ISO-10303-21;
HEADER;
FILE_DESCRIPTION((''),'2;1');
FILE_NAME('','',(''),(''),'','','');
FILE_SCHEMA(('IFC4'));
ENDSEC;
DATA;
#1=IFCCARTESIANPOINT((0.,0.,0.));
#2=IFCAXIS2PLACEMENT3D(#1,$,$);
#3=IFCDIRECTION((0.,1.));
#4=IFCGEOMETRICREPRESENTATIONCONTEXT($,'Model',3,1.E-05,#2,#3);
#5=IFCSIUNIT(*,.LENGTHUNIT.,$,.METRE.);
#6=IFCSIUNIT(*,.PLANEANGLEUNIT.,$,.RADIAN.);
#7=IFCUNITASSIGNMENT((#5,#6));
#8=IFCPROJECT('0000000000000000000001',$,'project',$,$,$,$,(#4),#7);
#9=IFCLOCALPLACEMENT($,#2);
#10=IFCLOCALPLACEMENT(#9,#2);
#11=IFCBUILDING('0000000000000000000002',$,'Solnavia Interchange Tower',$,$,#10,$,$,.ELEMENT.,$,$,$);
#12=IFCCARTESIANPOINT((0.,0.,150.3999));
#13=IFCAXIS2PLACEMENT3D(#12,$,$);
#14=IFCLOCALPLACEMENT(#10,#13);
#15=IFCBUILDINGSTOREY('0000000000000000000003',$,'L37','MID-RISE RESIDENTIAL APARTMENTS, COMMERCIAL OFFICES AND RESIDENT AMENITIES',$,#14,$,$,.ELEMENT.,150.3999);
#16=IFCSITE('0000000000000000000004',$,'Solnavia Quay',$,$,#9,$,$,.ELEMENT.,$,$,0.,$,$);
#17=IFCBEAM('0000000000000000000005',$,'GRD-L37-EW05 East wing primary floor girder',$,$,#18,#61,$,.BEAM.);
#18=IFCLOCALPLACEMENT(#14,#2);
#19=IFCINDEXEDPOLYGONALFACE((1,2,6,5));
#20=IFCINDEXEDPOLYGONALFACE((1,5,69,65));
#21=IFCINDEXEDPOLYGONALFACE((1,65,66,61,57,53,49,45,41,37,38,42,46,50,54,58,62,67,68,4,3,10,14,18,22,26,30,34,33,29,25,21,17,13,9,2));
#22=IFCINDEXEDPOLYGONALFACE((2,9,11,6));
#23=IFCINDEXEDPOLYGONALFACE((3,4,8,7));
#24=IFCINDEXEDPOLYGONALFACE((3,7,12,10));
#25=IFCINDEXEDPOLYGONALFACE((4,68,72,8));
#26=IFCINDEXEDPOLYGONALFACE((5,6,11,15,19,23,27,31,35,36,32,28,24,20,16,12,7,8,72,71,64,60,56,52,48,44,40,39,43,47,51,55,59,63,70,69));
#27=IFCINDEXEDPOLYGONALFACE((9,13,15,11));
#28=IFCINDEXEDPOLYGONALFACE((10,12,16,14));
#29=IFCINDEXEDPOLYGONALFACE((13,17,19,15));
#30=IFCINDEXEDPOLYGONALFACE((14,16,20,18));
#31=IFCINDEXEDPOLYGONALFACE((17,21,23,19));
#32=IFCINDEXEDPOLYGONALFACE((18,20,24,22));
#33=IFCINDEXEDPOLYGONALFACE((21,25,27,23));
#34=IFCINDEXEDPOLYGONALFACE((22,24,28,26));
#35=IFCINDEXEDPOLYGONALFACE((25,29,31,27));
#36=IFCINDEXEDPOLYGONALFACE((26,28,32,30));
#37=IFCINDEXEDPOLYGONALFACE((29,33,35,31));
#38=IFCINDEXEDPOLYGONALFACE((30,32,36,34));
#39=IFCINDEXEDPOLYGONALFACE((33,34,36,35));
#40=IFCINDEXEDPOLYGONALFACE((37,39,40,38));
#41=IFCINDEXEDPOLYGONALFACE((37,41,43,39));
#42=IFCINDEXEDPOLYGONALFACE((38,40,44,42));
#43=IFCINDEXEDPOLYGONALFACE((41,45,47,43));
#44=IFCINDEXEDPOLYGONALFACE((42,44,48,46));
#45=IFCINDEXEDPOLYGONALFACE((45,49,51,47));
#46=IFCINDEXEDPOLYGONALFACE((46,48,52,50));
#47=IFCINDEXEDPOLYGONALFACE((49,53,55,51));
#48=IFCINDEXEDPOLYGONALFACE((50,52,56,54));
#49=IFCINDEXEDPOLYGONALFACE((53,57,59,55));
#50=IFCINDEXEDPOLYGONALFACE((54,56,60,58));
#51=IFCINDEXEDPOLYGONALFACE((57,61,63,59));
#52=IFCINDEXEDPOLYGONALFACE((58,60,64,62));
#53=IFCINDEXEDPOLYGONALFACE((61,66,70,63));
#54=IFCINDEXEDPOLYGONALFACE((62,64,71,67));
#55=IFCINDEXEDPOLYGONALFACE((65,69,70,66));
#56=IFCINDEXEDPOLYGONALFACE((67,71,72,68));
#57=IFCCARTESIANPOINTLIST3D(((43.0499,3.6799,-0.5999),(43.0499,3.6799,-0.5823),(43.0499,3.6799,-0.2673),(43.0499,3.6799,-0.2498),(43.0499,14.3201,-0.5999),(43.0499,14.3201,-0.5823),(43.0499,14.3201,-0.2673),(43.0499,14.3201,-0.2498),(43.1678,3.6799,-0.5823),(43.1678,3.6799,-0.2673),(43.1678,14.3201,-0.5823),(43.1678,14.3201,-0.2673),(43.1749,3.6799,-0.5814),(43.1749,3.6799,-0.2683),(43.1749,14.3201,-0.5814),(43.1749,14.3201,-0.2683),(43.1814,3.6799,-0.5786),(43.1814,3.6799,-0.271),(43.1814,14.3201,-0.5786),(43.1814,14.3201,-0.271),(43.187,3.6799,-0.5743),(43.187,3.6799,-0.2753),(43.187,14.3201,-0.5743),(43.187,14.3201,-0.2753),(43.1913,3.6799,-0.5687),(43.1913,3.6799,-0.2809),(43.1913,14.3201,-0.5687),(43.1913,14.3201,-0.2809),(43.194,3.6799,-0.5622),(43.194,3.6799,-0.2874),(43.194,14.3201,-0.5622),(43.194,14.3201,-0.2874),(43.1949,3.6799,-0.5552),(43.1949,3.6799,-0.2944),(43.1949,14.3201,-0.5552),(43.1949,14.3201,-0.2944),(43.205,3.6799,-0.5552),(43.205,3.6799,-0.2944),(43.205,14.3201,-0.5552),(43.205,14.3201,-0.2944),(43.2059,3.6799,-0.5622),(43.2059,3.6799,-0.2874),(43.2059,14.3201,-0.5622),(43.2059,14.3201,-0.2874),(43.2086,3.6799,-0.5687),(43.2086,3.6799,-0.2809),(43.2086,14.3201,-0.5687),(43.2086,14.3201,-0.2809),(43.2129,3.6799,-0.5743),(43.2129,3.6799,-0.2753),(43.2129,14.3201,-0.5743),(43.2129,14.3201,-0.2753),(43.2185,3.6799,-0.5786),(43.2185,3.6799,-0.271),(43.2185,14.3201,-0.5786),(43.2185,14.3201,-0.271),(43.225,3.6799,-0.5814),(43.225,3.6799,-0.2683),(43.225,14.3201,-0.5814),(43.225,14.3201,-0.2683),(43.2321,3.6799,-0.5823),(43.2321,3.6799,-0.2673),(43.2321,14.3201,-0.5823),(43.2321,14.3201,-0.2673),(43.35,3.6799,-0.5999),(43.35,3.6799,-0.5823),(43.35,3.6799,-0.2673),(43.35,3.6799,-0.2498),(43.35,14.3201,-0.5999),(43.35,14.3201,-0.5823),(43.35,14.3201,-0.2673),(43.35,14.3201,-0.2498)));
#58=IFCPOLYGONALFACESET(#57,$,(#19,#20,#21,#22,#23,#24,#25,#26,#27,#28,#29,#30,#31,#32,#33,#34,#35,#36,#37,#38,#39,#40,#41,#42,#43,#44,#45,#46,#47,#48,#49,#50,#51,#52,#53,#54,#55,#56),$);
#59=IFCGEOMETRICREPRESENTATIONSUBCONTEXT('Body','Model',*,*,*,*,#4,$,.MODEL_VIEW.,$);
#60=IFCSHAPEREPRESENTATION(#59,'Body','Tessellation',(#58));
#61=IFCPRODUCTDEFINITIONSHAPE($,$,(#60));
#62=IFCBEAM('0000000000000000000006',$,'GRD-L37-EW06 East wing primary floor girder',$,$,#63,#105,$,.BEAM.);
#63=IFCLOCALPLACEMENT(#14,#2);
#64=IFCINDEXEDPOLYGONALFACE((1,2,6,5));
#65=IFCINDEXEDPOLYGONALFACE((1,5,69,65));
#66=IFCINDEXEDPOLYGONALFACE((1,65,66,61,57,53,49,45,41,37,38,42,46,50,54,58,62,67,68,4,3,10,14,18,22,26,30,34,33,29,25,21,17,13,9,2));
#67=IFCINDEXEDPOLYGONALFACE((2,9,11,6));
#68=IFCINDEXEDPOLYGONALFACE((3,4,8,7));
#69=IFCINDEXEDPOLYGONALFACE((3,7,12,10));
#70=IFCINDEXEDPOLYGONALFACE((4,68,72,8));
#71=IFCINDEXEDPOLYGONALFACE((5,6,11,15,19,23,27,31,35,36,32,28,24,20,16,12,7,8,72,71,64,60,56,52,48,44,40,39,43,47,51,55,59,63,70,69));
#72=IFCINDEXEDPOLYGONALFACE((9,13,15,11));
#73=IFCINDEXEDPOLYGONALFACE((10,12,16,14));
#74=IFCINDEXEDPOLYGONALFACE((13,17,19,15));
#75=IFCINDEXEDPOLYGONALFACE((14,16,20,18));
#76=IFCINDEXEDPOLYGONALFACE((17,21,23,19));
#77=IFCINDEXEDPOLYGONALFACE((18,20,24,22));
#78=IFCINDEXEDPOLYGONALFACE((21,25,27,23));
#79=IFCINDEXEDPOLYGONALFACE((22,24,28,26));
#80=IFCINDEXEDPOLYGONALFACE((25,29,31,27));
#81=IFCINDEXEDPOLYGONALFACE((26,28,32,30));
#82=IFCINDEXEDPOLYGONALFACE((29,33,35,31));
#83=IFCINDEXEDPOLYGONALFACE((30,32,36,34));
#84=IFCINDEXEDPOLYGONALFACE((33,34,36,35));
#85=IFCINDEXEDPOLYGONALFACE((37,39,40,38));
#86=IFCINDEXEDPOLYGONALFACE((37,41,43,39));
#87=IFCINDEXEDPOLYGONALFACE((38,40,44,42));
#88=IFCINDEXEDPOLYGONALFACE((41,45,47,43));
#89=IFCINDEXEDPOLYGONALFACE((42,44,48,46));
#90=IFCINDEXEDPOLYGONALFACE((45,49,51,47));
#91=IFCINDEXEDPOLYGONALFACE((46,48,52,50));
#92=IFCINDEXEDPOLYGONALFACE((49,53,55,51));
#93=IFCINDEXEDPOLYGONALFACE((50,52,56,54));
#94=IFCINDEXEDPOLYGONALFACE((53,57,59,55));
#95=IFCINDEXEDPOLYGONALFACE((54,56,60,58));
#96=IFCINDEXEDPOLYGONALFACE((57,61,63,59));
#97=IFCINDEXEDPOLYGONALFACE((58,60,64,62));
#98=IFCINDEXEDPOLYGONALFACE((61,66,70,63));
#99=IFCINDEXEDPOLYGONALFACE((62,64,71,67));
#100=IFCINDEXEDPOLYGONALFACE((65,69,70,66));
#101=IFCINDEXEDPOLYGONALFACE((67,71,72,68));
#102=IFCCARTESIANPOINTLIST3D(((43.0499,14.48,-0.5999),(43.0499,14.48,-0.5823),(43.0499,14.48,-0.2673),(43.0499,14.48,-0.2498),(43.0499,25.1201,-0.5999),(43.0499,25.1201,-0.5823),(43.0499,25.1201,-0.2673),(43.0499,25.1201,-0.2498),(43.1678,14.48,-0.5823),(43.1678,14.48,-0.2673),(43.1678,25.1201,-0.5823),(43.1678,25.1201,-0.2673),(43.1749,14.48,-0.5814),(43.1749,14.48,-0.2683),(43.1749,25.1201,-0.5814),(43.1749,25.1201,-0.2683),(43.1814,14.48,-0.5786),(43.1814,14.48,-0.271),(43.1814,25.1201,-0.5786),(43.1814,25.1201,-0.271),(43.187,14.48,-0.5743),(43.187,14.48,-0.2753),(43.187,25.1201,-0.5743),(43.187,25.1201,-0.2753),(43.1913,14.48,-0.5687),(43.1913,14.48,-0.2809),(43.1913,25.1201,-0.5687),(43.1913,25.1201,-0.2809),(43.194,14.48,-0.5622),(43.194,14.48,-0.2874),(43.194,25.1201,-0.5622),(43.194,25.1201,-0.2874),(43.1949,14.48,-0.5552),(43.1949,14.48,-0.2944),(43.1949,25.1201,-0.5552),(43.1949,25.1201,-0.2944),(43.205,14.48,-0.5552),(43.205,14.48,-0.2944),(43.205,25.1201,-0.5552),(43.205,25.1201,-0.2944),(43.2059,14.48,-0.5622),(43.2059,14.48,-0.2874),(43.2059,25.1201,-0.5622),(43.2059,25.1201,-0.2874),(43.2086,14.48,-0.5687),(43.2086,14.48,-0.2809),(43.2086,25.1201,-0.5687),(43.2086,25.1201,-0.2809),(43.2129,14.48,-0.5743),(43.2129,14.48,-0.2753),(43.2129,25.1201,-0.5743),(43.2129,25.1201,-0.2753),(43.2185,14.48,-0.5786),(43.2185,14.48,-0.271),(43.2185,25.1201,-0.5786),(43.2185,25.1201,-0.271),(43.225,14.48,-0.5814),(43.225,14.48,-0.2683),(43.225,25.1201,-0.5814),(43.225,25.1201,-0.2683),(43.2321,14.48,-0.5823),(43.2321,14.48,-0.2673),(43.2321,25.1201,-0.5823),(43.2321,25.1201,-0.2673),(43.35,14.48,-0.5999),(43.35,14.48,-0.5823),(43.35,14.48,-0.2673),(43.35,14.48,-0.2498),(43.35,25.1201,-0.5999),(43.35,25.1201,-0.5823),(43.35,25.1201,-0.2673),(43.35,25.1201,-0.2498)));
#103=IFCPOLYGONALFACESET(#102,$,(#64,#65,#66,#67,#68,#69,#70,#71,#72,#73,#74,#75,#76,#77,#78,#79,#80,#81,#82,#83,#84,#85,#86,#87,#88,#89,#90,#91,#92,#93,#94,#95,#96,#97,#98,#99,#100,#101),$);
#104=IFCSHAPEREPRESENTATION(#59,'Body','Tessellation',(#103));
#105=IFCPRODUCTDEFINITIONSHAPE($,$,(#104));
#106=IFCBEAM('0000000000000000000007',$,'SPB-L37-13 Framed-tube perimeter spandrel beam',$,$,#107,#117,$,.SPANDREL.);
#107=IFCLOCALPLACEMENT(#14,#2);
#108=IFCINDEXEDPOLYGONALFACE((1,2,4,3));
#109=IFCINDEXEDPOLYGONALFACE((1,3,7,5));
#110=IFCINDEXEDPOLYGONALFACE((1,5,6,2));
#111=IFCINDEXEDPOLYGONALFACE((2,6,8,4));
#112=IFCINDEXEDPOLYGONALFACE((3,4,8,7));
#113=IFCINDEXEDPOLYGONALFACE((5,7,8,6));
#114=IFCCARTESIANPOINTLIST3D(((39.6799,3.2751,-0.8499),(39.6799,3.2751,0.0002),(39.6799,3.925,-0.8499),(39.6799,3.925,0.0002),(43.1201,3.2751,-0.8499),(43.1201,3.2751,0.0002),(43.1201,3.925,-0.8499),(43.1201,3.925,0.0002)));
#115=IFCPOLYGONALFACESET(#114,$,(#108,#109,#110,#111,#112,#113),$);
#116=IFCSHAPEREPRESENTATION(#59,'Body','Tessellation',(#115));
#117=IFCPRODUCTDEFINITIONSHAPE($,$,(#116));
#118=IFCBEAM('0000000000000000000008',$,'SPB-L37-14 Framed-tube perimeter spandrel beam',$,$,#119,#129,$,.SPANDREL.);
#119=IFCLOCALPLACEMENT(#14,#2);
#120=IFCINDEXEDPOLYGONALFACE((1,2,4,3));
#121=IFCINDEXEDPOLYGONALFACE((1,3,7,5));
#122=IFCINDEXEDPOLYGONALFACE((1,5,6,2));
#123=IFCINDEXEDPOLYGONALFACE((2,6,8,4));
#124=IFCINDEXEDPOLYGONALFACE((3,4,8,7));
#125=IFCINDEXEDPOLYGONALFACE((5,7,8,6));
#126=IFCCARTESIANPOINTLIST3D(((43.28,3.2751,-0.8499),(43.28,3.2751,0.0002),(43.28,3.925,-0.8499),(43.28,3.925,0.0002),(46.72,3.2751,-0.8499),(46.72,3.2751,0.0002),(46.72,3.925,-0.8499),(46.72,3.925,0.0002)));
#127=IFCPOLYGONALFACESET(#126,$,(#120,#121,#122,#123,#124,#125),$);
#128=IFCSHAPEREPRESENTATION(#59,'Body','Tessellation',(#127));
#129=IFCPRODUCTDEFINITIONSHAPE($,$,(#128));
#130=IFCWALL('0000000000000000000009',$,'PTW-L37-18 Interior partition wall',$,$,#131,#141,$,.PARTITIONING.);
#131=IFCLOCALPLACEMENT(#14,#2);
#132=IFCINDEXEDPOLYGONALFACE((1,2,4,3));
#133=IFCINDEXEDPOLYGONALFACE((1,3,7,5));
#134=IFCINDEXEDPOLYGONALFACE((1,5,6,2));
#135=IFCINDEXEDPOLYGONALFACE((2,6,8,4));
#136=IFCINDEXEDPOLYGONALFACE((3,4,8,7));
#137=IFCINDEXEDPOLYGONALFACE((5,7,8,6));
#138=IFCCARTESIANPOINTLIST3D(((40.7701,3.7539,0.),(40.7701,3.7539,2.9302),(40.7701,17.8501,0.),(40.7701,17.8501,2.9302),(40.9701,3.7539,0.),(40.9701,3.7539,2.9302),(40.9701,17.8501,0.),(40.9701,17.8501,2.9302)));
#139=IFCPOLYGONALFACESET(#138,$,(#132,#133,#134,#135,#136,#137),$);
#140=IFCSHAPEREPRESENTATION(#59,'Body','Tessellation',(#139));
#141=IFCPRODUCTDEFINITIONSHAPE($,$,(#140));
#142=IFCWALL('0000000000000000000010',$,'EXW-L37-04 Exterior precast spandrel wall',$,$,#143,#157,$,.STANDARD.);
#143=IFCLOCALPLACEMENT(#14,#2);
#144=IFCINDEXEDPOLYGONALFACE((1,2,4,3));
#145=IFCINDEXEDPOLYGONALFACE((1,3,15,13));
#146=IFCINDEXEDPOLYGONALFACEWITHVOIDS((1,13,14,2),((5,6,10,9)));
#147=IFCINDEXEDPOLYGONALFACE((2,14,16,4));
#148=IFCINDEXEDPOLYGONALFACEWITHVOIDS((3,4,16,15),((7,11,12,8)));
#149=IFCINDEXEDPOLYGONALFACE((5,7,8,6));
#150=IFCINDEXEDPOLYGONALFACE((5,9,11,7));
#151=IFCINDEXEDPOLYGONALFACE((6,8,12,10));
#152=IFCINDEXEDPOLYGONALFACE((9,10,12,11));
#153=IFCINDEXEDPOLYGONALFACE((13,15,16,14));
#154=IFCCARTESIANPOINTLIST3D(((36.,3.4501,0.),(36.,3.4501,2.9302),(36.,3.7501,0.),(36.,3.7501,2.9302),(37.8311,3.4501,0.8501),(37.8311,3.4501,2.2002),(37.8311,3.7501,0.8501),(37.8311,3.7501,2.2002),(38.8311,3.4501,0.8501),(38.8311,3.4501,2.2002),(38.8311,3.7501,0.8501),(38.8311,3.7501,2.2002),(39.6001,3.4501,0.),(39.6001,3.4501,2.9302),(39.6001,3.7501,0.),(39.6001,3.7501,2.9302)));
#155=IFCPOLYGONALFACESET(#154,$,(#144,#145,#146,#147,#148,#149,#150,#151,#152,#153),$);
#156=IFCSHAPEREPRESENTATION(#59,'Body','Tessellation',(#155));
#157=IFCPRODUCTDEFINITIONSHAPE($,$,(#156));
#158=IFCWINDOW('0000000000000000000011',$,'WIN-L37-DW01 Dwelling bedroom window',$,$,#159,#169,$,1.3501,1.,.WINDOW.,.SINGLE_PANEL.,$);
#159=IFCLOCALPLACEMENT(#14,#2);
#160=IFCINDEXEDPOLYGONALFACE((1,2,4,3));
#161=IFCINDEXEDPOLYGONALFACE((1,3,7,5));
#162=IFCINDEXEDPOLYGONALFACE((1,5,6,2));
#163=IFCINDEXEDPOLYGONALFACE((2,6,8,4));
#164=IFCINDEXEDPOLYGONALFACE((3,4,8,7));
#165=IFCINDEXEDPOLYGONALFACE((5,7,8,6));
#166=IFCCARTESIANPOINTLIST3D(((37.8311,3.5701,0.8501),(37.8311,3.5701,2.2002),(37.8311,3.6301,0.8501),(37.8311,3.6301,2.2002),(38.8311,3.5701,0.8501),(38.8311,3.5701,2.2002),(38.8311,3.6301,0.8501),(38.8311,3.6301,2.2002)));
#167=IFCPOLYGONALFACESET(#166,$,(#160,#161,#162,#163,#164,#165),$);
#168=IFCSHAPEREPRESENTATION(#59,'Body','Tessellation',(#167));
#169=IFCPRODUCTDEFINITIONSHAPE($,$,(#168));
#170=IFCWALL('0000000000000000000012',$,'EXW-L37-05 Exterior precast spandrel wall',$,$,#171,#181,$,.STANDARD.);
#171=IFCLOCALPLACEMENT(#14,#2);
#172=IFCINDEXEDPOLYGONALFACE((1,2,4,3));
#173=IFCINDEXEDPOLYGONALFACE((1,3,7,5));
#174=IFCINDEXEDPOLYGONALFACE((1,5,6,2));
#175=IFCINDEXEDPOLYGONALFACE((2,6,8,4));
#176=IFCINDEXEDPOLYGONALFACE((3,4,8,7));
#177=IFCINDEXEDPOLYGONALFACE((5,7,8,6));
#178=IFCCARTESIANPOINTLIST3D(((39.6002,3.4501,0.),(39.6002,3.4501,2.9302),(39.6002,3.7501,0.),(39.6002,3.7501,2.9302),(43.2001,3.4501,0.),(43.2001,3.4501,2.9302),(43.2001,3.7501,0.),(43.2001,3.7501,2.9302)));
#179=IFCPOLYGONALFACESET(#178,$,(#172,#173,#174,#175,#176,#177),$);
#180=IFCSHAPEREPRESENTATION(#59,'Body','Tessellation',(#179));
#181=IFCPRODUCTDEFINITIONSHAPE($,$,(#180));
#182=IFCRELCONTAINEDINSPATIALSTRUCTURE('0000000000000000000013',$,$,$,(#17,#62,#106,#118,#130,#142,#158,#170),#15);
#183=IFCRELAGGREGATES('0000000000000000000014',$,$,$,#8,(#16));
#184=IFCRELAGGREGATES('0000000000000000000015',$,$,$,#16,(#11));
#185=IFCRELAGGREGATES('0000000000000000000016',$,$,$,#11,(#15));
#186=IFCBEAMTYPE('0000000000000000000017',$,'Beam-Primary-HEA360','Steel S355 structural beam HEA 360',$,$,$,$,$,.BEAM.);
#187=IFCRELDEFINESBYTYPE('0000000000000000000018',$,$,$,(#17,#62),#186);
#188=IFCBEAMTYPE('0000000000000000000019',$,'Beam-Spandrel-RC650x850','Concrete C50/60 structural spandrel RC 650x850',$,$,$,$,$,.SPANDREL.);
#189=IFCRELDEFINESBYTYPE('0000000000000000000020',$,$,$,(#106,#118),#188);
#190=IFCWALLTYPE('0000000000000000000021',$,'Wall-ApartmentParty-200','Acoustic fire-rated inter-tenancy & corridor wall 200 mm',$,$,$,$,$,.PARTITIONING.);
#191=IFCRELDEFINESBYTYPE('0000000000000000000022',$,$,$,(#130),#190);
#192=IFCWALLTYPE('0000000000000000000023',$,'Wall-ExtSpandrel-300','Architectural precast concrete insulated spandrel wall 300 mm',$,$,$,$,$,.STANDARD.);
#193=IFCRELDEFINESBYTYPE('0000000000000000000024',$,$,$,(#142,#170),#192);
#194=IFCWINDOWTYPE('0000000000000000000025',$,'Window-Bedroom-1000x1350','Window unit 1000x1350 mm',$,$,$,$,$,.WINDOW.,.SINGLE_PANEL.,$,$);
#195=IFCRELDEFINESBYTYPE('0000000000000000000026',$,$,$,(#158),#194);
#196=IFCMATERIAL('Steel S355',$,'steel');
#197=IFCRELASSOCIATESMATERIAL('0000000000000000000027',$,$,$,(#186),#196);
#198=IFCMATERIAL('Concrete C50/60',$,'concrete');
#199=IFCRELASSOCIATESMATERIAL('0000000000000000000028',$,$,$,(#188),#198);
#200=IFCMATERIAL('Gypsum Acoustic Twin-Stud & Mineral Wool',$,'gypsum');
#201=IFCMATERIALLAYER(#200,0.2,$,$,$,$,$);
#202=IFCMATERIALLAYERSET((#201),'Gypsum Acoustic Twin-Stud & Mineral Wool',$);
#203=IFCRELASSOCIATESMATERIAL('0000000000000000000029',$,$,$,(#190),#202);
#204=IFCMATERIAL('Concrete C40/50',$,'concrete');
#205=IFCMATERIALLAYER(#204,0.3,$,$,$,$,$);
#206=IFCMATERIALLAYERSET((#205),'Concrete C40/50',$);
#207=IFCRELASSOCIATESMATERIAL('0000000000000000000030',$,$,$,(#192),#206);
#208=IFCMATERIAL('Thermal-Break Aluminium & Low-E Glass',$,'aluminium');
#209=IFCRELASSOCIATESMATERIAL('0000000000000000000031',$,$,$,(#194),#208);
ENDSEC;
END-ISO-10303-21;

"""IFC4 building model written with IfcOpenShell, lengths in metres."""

from ifc_helpers import new_model, si_unit, direction, frame, frame_2d, origin, origin_2d, place, context, subcontext, project, spatial, rectangle, i_section, extrude, material, layer, layer_set, material_profile, profile_set, type_object, element, fill, save


model = new_model("IFC4")

# Units and contexts
model_context = context("Model", 3, precision=1e-05, world=origin(), true_north=direction((0.0, 1.0)))
body_context = subcontext(model_context, "Body", "Model", "MODEL_VIEW")
ifc_project = project(units=[si_unit("LENGTHUNIT", "METRE"), si_unit("PLANEANGLEUNIT", "RADIAN")], contexts=[model_context])

# Site, building, storey
site_placement = place(None, origin())
site = spatial("IfcSite", under=ifc_project, at=site_placement, Name="Solnavia Quay", CompositionType="ELEMENT", RefElevation=0.0)
building_placement = place(site_placement, origin())
building = spatial("IfcBuilding", under=site, at=building_placement, Name="Solnavia Interchange Tower", CompositionType="ELEMENT")
storey_placement = place(building_placement, frame((0.0, 0.0, 150.3999)))
storey = spatial("IfcBuildingStorey", under=building, at=storey_placement, Name="L37", Description="MID-RISE RESIDENTIAL APARTMENTS, COMMERCIAL OFFICES AND RESIDENT AMENITIES", CompositionType="ELEMENT", Elevation=150.3999)

# Shared definitions
ifc_material_1 = material(Name="Concrete C50/60", Category="concrete")
ifc_material_2 = material(Name="Steel S355", Category="steel")

# Beams
ifc_material_profile_1 = material_profile(ifc_material_2, i_section(OverallWidth=0.3, OverallDepth=0.3501, WebThickness=0.01, FlangeThickness=0.0176, FilletRadius=0.0271, at=origin_2d()), Name="HEA 360")
ifc_profile_set_1 = profile_set([ifc_material_profile_1], Name="Steel S355")
beam_type_1 = type_object("IfcBeamType", Name="Beam-Primary-HEA360", Description="Steel S355 structural beam HEA 360", PredefinedType="BEAM", material=ifc_profile_set_1)
for number, where, z_axis, x_axis, name in (
    (1, (43.2, 3.6799, -0.4248), (0.0, 1.0, 0.0), (-1.0, 0.0, 0.0), "GRD-L37-EW05 East wing primary floor girder"),
    (2, (43.2, 14.48, -0.4248), (0.0, 1.0, 0.0), (-1.0, 0.0, 0.0), "GRD-L37-EW06 East wing primary floor girder"),
):
    element("IfcBeam", number, at=place(storey_placement, frame(where, z_axis=z_axis, x_axis=x_axis)), inside=storey, type_object=beam_type_1, Name=name, PredefinedType="BEAM", context=body_context, shape_type="SweptSolid", body=[
        extrude(i_section(OverallWidth=0.3, OverallDepth=0.3501, WebThickness=0.01, FlangeThickness=0.0176, FilletRadius=0.0271, at=origin_2d()), origin(), (0.0, 0.0, 1.0), 10.6401),
    ])
ifc_material_profile_2 = material_profile(ifc_material_1, rectangle(XDim=0.6499, YDim=0.8501, at=origin_2d()), Name="RC 650x850")
ifc_profile_set_2 = profile_set([ifc_material_profile_2], Name="Concrete C50/60")
beam_type_2 = type_object("IfcBeamType", Name="Beam-Spandrel-RC650x850", Description="Concrete C50/60 structural spandrel RC 650x850", PredefinedType="SPANDREL", material=ifc_profile_set_2)
beam_1_placement = place(storey_placement, frame((39.6799, 3.6001, -0.4248), z_axis=(1.0, 0.0, 0.0), x_axis=(0.0, 1.0, 0.0)))
element("IfcBeam", 3, at=beam_1_placement, inside=storey, type_object=beam_type_2, Name="SPB-L37-13 Framed-tube perimeter spandrel beam", PredefinedType="SPANDREL", context=body_context, shape_type="SweptSolid", body=[
    extrude(rectangle(XDim=0.6499, YDim=0.8501, at=origin_2d()), origin(), (0.0, 0.0, 1.0), 3.4402),
])
beam_2_placement = place(storey_placement, frame((43.28, 3.6001, -0.4248), z_axis=(1.0, 0.0, 0.0), x_axis=(0.0, 1.0, 0.0)))
element("IfcBeam", 4, at=beam_2_placement, inside=storey, type_object=beam_type_2, Name="SPB-L37-14 Framed-tube perimeter spandrel beam", PredefinedType="SPANDREL", context=body_context, shape_type="SweptSolid", body=[
    extrude(rectangle(XDim=0.6499, YDim=0.8501, at=origin_2d()), origin(), (0.0, 0.0, 1.0), 3.4399),
])

# Wall
ifc_material_3 = material(Name="Gypsum Acoustic Twin-Stud & Mineral Wool", Category="gypsum")
ifc_layer_1 = layer(ifc_material_3, 0.2)
ifc_layer_set_1 = layer_set([ifc_layer_1], Name="Gypsum Acoustic Twin-Stud & Mineral Wool")
wall_type_1 = type_object("IfcWallType", Name="Wall-ApartmentParty-200", Description="Acoustic fire-rated inter-tenancy & corridor wall 200 mm", PredefinedType="PARTITIONING", material=ifc_layer_set_1)
wall_1_placement = place(storey_placement, frame((40.8701, 3.7539, 0.0), z_axis=(0.0, 0.0, 1.0), x_axis=(0.0, 1.0, 0.0)))
element("IfcWall", 5, at=wall_1_placement, inside=storey, type_object=wall_type_1, Name="PTW-L37-18 Interior partition wall", PredefinedType="PARTITIONING", context=body_context, shape_type="SweptSolid", body=[
    extrude(rectangle(XDim=14.0962, YDim=0.2, at=frame_2d((7.0481, 0.0))), origin(), (0.0, 0.0, 1.0), 2.9302),
])

# Wall, opening, window
ifc_material_4 = material(Name="Concrete C40/50", Category="concrete")
ifc_layer_2 = layer(ifc_material_4, 0.3)
ifc_layer_set_2 = layer_set([ifc_layer_2], Name="Concrete C40/50")
wall_type_2 = type_object("IfcWallType", Name="Wall-ExtSpandrel-300", Description="Architectural precast concrete insulated spandrel wall 300 mm", PredefinedType="STANDARD", material=ifc_layer_set_2)
wall_2_placement = place(storey_placement, frame((39.6001, 3.6001, 0.0), z_axis=(0.0, 0.0, 1.0), x_axis=(-1.0, 0.0, 0.0)))
wall_2 = element("IfcWall", 6, at=wall_2_placement, inside=storey, type_object=wall_type_2, Name="EXW-L37-04 Exterior precast spandrel wall", PredefinedType="STANDARD", context=body_context, shape_type="SweptSolid", body=[
    extrude(rectangle(XDim=3.6001, YDim=0.3, at=frame_2d((1.8, 0.0))), origin(), (0.0, 0.0, 1.0), 2.9302),
])
opening_1_placement = place(wall_2_placement, frame((0.769, 0.0, 0.8501)))
opening_1 = element("IfcOpeningElement", 7, at=opening_1_placement, cuts=wall_2, PredefinedType="OPENING", context=body_context, shape_type="SweptSolid", body=[
    extrude(rectangle(XDim=1.0, YDim=1.3501, at=frame_2d((0.5, 0.675))), frame((0.0, 0.1602, 0.0), z_axis=(0.0, -1.0, 0.0), x_axis=(1.0, 0.0, 0.0)), (0.0, 0.0, 1.0), 0.3201),
])
ifc_material_5 = material(Name="Thermal-Break Aluminium & Low-E Glass", Category="aluminium")
window_type_1 = type_object("IfcWindowType", Name="Window-Bedroom-1000x1350", Description="Window unit 1000x1350 mm", PartitioningType="SINGLE_PANEL", PredefinedType="WINDOW", material=ifc_material_5)
window_1_placement = place(opening_1_placement, origin())
window_1 = element("IfcWindow", 8, at=window_1_placement, inside=storey, type_object=window_type_1, Name="WIN-L37-DW01 Dwelling bedroom window", OverallHeight=1.3501, OverallWidth=1.0, PartitioningType="SINGLE_PANEL", PredefinedType="WINDOW", context=body_context, shape_type="SweptSolid", body=[
    extrude(rectangle(XDim=1.0, YDim=1.3501, at=frame_2d((0.5, 0.675))), frame((0.0, 0.03, 0.0), z_axis=(0.0, -1.0, 0.0), x_axis=(1.0, 0.0, 0.0)), (0.0, 0.0, 1.0), 0.0601),
])
fill(opening_1, window_1)

# Wall
wall_3_placement = place(storey_placement, frame((43.2, 3.6001, 0.0), z_axis=(0.0, 0.0, 1.0), x_axis=(-1.0, 0.0, 0.0)))
element("IfcWall", 9, at=wall_3_placement, inside=storey, type_object=wall_type_2, Name="EXW-L37-05 Exterior precast spandrel wall", PredefinedType="STANDARD", context=body_context, shape_type="SweptSolid", body=[
    extrude(rectangle(XDim=3.5999, YDim=0.3, at=frame_2d((1.7998, 0.0))), origin(), (0.0, 0.0, 1.0), 2.9302),
])

save(model, "model.ifc")
